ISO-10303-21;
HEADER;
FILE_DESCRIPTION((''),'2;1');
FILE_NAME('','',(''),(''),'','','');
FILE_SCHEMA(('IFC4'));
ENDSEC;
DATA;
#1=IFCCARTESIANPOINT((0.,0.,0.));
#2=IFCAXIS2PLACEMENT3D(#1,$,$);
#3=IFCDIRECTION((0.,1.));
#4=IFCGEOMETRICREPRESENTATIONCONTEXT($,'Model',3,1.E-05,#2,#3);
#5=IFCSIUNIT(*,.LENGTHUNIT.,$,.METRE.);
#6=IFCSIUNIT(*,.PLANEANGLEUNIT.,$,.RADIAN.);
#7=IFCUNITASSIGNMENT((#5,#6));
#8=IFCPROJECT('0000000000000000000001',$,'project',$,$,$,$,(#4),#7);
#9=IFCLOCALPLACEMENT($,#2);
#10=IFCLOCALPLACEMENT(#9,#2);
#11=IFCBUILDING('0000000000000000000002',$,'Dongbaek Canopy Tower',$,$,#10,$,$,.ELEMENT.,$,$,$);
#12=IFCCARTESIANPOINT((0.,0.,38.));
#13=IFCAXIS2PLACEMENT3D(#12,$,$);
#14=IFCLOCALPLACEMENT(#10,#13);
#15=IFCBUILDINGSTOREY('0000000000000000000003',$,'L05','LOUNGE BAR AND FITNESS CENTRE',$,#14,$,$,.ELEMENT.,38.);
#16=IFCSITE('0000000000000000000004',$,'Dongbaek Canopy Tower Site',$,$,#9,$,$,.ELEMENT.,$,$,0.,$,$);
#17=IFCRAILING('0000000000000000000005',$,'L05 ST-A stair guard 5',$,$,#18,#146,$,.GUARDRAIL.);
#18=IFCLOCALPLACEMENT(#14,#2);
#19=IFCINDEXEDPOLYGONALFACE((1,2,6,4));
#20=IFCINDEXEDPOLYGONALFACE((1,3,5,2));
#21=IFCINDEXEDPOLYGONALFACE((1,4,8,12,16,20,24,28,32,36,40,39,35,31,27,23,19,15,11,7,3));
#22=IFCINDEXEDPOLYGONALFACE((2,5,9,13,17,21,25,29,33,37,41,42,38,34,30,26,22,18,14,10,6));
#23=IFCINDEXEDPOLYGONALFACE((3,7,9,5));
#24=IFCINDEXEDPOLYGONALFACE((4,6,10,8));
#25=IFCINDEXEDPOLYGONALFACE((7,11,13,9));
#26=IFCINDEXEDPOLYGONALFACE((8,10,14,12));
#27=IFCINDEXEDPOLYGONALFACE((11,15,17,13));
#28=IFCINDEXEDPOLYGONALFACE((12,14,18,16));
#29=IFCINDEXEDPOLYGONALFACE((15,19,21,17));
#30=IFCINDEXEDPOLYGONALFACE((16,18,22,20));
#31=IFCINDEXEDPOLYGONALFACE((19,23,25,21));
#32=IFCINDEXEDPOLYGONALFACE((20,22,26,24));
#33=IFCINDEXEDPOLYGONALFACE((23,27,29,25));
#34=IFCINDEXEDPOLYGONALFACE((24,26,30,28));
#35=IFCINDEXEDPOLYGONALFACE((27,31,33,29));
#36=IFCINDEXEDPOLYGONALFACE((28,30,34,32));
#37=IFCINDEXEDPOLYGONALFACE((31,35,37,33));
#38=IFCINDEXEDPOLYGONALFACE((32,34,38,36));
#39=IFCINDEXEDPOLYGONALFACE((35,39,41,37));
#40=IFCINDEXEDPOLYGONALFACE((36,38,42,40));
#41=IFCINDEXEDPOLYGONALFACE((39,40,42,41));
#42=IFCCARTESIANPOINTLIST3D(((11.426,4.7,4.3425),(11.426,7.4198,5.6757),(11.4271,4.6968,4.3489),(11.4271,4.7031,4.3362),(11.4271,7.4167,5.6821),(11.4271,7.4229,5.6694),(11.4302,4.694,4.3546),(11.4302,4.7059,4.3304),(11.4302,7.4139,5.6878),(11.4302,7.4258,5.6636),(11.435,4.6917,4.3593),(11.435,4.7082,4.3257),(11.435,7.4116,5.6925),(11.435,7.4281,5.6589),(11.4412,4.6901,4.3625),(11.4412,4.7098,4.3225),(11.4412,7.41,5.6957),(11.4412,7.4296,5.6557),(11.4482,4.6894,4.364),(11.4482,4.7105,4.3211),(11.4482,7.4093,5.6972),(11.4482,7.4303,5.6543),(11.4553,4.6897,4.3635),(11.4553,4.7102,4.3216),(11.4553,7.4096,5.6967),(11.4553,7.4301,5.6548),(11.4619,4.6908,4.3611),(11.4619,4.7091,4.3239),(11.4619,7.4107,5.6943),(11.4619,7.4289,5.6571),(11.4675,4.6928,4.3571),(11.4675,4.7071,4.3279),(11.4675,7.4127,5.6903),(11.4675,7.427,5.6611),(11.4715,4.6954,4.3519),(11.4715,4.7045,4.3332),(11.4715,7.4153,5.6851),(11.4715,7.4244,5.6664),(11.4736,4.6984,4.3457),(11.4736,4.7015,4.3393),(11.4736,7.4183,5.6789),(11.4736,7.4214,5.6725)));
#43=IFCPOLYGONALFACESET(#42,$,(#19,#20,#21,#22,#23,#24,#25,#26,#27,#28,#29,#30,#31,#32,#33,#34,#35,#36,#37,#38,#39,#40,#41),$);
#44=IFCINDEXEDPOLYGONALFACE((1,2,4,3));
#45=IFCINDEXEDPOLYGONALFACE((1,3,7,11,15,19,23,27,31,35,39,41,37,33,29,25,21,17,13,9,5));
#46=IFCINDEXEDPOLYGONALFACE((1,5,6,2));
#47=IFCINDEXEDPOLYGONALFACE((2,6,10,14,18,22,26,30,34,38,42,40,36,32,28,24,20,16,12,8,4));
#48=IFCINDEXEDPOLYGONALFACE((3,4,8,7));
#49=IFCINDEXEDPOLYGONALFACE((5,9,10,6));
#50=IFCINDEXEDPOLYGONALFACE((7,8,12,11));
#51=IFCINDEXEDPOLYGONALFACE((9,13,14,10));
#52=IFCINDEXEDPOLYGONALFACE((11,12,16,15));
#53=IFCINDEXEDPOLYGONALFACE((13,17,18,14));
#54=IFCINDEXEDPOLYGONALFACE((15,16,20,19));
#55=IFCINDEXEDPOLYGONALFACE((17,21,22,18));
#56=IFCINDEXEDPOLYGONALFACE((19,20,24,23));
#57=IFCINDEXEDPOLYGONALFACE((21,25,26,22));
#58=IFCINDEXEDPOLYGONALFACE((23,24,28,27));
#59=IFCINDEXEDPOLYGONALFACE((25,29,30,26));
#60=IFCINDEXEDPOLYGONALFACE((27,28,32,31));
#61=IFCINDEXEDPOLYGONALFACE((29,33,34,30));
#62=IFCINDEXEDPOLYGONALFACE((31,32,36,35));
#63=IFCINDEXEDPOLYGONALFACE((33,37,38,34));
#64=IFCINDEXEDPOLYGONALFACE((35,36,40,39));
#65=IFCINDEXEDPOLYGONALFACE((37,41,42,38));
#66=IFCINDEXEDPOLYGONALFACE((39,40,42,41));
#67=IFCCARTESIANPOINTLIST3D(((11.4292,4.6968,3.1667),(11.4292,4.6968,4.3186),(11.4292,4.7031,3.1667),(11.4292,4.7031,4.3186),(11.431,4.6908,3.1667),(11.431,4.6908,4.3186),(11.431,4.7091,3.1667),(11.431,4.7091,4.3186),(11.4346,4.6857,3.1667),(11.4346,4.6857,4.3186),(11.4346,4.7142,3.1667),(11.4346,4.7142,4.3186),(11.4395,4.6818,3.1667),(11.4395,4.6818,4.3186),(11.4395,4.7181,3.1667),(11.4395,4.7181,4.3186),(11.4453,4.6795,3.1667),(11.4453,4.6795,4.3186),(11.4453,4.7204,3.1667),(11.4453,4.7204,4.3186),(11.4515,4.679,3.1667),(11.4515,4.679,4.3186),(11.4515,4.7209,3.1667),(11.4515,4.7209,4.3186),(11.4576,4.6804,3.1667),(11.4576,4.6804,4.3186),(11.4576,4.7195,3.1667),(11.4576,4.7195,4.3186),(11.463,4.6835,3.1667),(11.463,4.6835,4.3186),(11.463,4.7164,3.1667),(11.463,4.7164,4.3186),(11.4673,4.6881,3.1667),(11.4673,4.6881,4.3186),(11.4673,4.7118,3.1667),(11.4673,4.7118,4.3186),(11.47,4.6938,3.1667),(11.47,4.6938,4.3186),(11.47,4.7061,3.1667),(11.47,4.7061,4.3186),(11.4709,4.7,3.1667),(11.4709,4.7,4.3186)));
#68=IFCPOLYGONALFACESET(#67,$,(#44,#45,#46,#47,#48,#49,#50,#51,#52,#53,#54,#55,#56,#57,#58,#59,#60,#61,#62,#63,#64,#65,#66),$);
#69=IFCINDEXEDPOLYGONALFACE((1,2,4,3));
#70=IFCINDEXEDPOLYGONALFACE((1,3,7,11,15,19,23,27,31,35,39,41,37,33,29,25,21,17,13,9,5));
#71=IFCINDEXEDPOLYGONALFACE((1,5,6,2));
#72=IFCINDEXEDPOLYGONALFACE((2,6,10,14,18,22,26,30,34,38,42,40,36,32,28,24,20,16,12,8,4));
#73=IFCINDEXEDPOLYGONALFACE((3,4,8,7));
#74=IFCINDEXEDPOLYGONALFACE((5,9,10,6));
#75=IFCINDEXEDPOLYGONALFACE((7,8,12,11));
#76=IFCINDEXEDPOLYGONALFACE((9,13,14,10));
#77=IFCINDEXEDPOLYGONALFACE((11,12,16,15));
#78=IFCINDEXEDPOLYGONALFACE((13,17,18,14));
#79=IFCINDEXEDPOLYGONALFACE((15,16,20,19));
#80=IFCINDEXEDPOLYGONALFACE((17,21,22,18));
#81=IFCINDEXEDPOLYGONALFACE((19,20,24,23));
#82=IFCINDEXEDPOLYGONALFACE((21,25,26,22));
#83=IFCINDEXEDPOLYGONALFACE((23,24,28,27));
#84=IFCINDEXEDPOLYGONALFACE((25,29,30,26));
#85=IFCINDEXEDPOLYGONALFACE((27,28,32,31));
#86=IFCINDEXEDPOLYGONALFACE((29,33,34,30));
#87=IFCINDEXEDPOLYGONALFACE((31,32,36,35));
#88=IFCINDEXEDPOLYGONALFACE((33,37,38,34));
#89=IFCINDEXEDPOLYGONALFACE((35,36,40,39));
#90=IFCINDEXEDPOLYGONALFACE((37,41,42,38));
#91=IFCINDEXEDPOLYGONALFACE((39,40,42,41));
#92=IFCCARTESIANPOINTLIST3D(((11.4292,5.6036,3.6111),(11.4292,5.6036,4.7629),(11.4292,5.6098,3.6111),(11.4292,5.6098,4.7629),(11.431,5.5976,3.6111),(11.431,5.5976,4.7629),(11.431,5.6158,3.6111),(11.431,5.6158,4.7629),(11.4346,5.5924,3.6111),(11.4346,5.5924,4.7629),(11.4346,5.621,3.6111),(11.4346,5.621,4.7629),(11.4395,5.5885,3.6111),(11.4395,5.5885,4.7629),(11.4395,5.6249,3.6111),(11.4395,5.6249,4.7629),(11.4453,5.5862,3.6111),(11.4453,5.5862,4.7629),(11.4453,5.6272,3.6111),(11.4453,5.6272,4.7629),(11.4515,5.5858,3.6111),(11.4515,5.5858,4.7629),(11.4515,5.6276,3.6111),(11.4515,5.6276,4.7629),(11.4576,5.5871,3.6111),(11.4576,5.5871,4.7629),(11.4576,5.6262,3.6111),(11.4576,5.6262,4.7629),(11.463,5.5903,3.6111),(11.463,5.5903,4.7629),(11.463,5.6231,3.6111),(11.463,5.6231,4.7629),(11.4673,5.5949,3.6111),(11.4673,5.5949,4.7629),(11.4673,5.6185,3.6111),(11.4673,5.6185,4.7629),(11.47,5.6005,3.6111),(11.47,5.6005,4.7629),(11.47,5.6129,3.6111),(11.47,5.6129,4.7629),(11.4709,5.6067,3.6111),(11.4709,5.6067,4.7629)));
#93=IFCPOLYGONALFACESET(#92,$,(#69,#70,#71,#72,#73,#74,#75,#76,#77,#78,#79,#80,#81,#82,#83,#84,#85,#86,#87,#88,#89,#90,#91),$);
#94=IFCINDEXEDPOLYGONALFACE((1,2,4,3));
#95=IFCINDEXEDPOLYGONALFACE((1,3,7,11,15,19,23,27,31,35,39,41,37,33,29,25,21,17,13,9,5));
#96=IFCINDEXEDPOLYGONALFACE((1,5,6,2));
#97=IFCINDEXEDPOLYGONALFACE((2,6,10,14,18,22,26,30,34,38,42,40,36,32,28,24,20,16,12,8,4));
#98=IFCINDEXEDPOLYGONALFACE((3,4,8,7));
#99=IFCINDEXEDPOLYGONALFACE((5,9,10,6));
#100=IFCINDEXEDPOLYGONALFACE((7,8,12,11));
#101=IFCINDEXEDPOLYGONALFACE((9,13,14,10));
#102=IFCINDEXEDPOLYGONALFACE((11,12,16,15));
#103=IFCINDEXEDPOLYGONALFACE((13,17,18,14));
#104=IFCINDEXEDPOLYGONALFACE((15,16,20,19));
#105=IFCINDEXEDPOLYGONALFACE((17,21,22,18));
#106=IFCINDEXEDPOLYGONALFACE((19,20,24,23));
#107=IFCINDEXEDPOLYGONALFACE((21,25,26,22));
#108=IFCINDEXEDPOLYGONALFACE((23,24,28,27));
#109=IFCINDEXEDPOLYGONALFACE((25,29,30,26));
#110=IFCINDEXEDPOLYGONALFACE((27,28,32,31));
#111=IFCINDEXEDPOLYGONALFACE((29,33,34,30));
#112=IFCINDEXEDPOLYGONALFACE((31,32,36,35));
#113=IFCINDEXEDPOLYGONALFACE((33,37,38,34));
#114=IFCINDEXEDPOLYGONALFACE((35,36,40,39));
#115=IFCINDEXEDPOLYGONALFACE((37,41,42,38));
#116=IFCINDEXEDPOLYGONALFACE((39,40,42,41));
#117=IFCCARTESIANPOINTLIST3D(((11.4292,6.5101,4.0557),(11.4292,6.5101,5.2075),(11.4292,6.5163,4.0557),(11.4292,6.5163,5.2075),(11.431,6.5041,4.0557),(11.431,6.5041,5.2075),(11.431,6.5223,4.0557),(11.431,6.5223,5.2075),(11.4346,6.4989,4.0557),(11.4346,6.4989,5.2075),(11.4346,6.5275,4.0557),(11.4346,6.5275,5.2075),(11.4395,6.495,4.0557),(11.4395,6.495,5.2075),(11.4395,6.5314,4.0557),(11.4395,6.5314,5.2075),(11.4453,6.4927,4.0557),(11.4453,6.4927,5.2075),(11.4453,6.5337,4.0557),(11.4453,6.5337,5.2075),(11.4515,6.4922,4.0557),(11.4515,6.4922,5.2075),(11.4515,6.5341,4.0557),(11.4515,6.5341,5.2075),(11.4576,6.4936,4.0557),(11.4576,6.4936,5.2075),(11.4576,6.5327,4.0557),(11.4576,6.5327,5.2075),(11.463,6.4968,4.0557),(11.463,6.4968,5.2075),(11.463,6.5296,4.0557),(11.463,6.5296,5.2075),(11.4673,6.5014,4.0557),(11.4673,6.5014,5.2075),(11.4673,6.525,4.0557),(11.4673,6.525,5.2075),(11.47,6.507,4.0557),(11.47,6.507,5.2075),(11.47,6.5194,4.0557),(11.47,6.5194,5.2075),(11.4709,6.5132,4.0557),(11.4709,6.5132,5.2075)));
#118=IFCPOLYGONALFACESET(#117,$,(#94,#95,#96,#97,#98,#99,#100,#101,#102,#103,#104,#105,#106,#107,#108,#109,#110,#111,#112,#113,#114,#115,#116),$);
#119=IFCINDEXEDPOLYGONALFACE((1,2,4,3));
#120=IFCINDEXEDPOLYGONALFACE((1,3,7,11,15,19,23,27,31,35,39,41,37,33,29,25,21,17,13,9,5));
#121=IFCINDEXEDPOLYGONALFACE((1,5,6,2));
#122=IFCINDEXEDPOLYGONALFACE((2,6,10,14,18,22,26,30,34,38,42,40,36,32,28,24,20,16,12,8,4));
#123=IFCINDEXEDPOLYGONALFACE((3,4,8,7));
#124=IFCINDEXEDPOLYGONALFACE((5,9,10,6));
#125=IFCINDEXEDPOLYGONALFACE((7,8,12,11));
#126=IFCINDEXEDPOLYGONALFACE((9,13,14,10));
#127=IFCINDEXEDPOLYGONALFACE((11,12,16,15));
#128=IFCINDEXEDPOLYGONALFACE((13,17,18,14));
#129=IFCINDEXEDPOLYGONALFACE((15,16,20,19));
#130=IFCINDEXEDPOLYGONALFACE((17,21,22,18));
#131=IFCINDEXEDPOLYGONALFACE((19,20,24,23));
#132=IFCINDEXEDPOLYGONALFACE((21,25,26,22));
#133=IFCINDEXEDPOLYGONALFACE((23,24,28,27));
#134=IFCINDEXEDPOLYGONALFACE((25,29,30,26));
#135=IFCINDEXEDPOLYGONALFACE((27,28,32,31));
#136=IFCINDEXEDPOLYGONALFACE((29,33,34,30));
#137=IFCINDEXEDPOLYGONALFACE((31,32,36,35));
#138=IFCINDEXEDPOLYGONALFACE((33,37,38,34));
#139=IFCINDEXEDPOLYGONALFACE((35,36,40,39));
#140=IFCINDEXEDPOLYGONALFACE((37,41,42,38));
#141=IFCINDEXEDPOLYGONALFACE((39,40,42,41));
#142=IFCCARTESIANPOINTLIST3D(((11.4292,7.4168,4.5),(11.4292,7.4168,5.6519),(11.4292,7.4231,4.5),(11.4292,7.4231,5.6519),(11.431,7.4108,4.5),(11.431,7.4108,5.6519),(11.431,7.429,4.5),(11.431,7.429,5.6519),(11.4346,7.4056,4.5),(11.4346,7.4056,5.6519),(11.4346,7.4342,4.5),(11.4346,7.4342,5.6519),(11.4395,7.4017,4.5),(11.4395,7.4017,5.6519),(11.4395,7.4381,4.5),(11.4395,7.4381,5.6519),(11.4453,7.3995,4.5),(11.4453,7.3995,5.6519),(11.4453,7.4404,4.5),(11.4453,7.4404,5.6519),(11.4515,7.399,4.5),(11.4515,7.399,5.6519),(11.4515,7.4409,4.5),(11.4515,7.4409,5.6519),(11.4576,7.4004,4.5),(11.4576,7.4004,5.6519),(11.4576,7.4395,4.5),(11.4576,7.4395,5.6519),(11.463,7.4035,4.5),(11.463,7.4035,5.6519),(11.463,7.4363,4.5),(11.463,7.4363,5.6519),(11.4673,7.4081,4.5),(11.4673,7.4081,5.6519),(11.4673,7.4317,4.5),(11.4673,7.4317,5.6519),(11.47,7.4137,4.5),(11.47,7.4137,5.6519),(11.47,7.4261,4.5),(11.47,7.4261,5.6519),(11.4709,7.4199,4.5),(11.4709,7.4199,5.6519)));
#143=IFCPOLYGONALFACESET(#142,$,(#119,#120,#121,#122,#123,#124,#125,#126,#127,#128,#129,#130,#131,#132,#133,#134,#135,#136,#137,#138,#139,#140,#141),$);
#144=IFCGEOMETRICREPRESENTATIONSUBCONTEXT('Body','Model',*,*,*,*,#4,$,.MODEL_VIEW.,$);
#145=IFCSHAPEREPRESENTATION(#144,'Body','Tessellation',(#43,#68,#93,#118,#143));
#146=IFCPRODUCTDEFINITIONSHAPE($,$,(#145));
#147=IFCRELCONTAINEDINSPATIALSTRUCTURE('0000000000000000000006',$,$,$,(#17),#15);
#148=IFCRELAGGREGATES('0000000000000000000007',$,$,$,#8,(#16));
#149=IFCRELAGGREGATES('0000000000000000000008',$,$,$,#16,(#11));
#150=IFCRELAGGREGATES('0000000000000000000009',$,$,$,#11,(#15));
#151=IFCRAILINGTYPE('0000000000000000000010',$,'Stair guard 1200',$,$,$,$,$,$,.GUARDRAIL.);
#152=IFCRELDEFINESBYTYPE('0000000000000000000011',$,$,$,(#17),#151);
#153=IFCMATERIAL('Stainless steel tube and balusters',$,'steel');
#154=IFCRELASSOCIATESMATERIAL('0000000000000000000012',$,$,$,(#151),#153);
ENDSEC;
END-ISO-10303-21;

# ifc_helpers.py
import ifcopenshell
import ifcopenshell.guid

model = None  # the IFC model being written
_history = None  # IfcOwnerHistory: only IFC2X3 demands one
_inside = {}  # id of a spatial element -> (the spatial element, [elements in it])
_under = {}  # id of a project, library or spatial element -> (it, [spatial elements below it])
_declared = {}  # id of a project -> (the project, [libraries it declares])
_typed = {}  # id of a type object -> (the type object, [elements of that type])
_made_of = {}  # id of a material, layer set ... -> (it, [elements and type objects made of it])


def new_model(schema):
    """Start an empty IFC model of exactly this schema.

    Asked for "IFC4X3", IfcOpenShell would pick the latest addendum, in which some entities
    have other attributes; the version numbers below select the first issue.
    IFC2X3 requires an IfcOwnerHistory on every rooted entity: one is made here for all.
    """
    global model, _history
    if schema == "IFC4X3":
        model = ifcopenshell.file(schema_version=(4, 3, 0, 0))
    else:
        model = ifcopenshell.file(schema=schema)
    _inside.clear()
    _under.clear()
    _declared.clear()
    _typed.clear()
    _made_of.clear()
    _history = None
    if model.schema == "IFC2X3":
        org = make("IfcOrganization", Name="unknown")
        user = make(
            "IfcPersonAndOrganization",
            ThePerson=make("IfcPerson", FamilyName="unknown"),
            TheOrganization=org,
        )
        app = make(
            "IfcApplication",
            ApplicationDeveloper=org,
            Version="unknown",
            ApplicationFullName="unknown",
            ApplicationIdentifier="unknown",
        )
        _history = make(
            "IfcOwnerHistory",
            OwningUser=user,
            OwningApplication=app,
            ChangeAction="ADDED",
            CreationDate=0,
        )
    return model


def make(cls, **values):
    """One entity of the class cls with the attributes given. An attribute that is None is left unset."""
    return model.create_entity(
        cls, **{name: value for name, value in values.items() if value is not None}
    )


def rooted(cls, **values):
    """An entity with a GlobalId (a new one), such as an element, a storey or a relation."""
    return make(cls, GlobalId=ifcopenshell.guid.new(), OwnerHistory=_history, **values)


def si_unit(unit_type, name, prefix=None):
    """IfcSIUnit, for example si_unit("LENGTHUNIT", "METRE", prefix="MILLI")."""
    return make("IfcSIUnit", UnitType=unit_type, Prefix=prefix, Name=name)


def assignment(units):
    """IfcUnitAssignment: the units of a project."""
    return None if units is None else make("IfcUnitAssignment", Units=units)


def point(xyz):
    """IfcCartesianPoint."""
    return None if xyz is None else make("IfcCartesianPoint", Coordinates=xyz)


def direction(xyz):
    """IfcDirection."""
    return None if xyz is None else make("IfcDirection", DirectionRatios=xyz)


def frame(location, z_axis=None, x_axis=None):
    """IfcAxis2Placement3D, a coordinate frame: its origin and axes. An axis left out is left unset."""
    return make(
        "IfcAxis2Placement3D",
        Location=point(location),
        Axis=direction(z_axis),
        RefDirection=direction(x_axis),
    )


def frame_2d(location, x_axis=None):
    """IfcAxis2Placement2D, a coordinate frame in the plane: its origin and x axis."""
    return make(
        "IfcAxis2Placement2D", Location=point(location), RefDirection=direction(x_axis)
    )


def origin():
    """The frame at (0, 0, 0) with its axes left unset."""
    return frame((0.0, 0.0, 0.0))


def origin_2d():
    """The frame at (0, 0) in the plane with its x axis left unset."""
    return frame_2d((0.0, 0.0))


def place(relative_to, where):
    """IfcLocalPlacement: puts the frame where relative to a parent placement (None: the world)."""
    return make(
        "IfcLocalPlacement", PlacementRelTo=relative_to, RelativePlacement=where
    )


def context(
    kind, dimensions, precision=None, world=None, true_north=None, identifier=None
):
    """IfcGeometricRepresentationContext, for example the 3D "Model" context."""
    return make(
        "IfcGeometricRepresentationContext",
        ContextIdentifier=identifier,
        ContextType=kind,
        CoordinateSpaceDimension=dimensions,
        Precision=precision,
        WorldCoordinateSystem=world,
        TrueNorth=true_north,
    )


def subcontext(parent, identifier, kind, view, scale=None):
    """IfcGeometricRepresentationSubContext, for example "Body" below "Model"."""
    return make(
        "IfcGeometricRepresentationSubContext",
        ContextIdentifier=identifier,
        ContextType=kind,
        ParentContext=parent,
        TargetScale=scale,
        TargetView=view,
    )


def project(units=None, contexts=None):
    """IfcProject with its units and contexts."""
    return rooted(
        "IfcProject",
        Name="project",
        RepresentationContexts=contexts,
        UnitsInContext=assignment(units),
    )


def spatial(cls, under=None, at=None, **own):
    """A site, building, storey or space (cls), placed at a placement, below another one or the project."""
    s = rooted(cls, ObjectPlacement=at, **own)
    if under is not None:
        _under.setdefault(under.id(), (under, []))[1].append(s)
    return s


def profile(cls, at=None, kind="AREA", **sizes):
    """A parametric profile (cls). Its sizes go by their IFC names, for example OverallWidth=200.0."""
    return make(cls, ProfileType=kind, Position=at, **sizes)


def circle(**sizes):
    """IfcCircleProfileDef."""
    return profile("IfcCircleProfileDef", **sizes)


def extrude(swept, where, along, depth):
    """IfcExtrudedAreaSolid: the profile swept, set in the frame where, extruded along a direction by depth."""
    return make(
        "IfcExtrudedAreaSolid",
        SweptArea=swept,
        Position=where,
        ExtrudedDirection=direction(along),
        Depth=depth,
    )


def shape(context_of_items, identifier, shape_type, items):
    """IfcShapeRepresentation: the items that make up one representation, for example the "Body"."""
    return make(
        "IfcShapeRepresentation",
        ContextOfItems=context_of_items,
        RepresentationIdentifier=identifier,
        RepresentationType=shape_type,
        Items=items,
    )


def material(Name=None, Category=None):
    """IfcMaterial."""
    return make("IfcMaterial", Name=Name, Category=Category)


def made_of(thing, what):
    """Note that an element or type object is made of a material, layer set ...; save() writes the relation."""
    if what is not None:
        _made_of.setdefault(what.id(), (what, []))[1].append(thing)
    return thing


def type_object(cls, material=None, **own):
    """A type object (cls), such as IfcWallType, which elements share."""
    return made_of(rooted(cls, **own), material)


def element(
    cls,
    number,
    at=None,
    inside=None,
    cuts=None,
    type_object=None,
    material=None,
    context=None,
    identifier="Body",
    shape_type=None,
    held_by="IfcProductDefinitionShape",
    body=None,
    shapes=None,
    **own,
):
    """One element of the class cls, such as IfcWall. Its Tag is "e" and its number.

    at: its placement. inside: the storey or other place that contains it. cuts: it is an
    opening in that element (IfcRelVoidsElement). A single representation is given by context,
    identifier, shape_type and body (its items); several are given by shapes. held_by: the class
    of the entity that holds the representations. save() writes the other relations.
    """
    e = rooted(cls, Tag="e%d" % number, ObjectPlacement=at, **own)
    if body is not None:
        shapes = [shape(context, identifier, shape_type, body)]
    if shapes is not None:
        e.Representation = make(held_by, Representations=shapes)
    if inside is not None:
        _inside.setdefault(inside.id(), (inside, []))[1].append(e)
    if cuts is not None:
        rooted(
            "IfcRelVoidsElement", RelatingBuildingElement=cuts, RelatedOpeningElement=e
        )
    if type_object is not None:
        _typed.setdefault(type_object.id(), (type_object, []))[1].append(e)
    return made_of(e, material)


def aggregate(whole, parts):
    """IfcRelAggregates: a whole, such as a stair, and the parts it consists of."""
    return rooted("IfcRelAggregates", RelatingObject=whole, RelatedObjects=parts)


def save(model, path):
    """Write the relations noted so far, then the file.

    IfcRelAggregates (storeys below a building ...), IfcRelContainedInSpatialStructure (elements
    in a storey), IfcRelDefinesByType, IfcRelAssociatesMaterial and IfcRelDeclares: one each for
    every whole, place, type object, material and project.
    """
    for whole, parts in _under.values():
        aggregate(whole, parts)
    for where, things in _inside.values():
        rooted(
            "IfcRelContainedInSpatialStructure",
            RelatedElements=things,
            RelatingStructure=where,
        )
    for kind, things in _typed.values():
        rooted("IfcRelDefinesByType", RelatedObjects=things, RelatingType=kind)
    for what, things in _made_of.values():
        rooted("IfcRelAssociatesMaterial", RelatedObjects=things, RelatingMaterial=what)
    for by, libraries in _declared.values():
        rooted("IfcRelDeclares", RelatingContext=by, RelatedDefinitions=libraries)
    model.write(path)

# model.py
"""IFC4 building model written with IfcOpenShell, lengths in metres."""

from ifc_helpers import new_model, si_unit, direction, frame, origin, origin_2d, place, context, subcontext, project, spatial, circle, extrude, material, type_object, element, save


model = new_model("IFC4")

# Units and contexts
model_context = context("Model", 3, precision=1e-05, world=origin(), true_north=direction((0.0, 1.0)))
body_context = subcontext(model_context, "Body", "Model", "MODEL_VIEW")
ifc_project = project(units=[si_unit("LENGTHUNIT", "METRE"), si_unit("PLANEANGLEUNIT", "RADIAN")], contexts=[model_context])

# Site, building, storey
site_placement = place(None, origin())
site = spatial("IfcSite", under=ifc_project, at=site_placement, Name="Dongbaek Canopy Tower Site", CompositionType="ELEMENT", RefElevation=0.0)
building_placement = place(site_placement, origin())
building = spatial("IfcBuilding", under=site, at=building_placement, Name="Dongbaek Canopy Tower", CompositionType="ELEMENT")
storey_placement = place(building_placement, frame((0.0, 0.0, 38.0)))
storey = spatial("IfcBuildingStorey", under=building, at=storey_placement, Name="L05", Description="LOUNGE BAR AND FITNESS CENTRE", CompositionType="ELEMENT", Elevation=38.0)

# Railing
ifc_material_1 = material(Name="Stainless steel tube and balusters", Category="steel")
railing_type_1 = type_object("IfcRailingType", Name="Stair guard 1200", PredefinedType="GUARDRAIL", material=ifc_material_1)
railing_1_placement = place(storey_placement, frame((11.45, 4.7, 3.1667)))
element("IfcRailing", 1, at=railing_1_placement, inside=storey, type_object=railing_type_1, Name="L05 ST-A stair guard 5", PredefinedType="GUARDRAIL", context=body_context, shape_type="SweptSolid", body=[
    extrude(circle(Radius=0.0239, at=origin_2d()), frame((0.0, 0.0, 1.1758), z_axis=(0.0, 0.897929, 0.440139), x_axis=(-1.0, 0.0, 0.0)), (0.0, 0.0, 1.0), 3.0291),
    extrude(circle(Radius=0.021, at=origin_2d()), origin(), (0.0, 0.0, 1.0), 1.1519),
    extrude(circle(Radius=0.021, at=origin_2d()), frame((0.0, 0.9067, 0.4443)), (0.0, 0.0, 1.0), 1.1519),
    extrude(circle(Radius=0.021, at=origin_2d()), frame((0.0, 1.8132, 0.8889)), (0.0, 0.0, 1.0), 1.1519),
    extrude(circle(Radius=0.021, at=origin_2d()), frame((0.0, 2.72, 1.3333)), (0.0, 0.0, 1.0), 1.1519),
])

save(model, "model.ifc")
